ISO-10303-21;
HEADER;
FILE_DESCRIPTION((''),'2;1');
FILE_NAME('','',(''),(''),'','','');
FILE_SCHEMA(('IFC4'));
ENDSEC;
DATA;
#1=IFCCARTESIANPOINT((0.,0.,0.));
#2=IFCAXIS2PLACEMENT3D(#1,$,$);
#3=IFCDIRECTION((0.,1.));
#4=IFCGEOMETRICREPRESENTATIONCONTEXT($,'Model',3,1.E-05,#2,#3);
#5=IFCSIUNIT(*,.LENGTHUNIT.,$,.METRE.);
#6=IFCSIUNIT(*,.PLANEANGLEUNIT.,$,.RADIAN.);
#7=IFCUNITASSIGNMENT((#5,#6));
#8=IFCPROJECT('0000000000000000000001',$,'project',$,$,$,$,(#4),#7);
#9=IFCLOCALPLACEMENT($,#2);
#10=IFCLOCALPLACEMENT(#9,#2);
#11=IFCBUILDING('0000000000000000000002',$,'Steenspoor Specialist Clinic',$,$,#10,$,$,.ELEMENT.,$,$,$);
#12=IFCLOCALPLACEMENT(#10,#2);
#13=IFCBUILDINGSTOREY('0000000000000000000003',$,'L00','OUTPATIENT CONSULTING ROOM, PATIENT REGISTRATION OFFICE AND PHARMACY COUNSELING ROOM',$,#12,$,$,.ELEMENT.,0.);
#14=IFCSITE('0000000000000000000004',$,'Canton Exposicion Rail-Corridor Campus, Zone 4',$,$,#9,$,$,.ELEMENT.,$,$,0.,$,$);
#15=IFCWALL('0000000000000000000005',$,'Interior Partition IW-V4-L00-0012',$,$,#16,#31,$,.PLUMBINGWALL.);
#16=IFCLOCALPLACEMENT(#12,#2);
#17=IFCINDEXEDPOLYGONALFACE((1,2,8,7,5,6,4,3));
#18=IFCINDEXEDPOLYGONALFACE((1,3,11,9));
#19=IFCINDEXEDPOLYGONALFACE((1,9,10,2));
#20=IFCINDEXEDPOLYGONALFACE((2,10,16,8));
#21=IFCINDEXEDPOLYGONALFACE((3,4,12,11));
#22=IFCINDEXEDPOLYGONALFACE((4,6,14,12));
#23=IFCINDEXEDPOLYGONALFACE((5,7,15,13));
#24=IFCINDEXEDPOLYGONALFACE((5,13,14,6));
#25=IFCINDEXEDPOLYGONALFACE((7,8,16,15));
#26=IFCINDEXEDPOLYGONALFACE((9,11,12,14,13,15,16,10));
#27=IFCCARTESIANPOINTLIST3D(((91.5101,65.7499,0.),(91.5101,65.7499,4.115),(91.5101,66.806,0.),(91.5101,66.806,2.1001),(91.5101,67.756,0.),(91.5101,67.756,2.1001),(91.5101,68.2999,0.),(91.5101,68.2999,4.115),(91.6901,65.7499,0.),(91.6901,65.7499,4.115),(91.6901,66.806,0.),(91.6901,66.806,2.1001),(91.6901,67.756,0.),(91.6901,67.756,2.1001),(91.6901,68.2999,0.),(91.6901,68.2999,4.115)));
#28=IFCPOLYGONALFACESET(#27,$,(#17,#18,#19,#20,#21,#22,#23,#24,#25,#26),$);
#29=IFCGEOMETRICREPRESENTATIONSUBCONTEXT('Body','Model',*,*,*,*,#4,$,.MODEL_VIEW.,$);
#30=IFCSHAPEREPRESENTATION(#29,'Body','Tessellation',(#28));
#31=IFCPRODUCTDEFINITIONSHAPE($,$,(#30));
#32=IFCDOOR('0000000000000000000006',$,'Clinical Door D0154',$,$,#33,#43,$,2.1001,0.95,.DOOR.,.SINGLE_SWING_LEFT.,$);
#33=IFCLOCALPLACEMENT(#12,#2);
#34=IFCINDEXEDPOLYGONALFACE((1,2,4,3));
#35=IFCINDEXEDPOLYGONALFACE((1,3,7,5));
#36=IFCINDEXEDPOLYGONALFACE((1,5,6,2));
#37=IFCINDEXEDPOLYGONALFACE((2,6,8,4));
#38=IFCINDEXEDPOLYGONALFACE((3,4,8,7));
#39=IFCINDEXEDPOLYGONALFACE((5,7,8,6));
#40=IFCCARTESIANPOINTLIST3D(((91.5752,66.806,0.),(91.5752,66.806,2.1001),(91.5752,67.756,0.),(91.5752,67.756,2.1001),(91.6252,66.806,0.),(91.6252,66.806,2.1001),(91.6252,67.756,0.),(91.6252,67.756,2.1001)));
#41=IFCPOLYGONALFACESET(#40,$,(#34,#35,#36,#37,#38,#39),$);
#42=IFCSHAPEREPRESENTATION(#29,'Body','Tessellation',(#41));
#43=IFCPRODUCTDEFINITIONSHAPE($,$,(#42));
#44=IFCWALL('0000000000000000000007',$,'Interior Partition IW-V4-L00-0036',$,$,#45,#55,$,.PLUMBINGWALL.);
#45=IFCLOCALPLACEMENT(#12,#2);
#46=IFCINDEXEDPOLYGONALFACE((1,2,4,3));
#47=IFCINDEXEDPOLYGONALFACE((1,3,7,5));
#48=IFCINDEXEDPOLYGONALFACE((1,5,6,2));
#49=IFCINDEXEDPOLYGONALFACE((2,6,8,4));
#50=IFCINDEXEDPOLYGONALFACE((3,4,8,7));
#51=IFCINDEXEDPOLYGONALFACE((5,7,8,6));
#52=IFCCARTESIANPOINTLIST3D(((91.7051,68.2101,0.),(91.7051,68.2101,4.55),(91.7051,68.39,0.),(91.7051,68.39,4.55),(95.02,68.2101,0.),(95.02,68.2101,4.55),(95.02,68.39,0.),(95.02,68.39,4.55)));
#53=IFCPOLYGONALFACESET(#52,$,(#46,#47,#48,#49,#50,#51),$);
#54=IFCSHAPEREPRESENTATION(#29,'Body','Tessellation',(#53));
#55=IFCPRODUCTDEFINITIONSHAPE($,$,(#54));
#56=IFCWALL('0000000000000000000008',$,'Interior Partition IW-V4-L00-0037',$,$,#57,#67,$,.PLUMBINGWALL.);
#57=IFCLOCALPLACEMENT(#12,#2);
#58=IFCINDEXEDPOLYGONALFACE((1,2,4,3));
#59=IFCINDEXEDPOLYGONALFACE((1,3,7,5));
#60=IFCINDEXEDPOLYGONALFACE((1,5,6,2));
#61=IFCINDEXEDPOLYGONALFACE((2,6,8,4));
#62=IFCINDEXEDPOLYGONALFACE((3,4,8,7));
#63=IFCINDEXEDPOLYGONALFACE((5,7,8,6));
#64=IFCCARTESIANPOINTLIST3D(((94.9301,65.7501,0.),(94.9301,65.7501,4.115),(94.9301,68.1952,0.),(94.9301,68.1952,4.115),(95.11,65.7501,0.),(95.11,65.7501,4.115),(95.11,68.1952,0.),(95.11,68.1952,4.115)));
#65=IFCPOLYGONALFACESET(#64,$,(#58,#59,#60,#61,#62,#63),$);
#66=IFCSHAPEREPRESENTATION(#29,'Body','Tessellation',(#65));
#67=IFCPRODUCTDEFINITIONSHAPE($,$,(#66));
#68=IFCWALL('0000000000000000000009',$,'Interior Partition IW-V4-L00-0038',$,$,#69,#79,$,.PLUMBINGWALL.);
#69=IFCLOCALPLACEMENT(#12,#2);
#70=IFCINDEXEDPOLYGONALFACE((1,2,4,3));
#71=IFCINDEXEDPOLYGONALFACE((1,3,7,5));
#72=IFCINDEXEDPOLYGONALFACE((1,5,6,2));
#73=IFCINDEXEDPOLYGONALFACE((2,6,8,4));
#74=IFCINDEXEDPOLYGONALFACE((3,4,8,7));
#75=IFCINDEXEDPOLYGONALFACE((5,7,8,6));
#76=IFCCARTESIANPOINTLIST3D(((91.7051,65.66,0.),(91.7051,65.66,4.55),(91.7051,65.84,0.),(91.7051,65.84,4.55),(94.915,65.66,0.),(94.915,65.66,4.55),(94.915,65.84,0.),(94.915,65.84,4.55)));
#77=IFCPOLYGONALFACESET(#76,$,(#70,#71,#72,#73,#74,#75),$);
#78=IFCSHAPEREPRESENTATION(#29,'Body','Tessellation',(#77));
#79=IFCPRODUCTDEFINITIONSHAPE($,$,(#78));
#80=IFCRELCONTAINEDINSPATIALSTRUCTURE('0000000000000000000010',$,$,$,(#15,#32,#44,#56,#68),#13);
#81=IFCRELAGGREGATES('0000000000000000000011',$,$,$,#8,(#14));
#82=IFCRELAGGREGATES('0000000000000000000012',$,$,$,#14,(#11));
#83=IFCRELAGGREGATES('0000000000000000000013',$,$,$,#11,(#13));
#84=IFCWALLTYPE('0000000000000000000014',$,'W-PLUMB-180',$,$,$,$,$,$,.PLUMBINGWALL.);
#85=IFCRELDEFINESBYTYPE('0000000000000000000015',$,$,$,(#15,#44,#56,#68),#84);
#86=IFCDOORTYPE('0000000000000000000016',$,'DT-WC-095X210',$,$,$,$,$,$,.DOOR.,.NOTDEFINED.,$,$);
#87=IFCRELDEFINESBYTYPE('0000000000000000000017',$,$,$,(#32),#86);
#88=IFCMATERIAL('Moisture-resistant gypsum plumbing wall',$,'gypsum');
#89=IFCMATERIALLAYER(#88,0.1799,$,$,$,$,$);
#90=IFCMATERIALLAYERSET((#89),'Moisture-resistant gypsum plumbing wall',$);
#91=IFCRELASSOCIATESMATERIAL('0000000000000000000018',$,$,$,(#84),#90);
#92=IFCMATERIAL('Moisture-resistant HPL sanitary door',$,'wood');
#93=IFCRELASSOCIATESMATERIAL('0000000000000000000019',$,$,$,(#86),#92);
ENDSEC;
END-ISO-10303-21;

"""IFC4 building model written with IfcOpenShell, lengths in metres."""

from ifc_helpers import new_model, si_unit, direction, frame, frame_2d, origin, place, context, subcontext, project, spatial, rectangle, extrude, material, layer, layer_set, type_object, element, fill, save


model = new_model("IFC4")

# Units and contexts
model_context = context("Model", 3, precision=1e-05, world=origin(), true_north=direction((0.0, 1.0)))
body_context = subcontext(model_context, "Body", "Model", "MODEL_VIEW")
ifc_project = project(units=[si_unit("LENGTHUNIT", "METRE"), si_unit("PLANEANGLEUNIT", "RADIAN")], contexts=[model_context])

# Site, building, storey
site_placement = place(None, origin())
site = spatial("IfcSite", under=ifc_project, at=site_placement, Name="Canton Exposicion Rail-Corridor Campus, Zone 4", CompositionType="ELEMENT", RefElevation=0.0)
building_placement = place(site_placement, origin())
building = spatial("IfcBuilding", under=site, at=building_placement, Name="Steenspoor Specialist Clinic", CompositionType="ELEMENT")
storey_placement = place(building_placement, origin())
storey = spatial("IfcBuildingStorey", under=building, at=storey_placement, Name="L00", Description="OUTPATIENT CONSULTING ROOM, PATIENT REGISTRATION OFFICE AND PHARMACY COUNSELING ROOM", CompositionType="ELEMENT", Elevation=0.0)

# Wall, opening, door
ifc_material_1 = material(Name="Moisture-resistant gypsum plumbing wall", Category="gypsum")
ifc_layer_1 = layer(ifc_material_1, 0.1799)
ifc_layer_set_1 = layer_set([ifc_layer_1], Name="Moisture-resistant gypsum plumbing wall")
wall_type_1 = type_object("IfcWallType", Name="W-PLUMB-180", PredefinedType="PLUMBINGWALL", material=ifc_layer_set_1)
wall_1_placement = place(storey_placement, frame((91.6001, 65.75, 0.0), z_axis=(0.0, 0.0, 1.0), x_axis=(0.0, 1.0, 0.0)))
wall_1 = element("IfcWall", 1, at=wall_1_placement, inside=storey, type_object=wall_type_1, Name="Interior Partition IW-V4-L00-0012", PredefinedType="PLUMBINGWALL", context=body_context, shape_type="SweptSolid", body=[
    extrude(rectangle(XDim=2.55, YDim=0.1799, at=frame_2d((1.2749, 0.0))), origin(), (0.0, 0.0, 1.0), 4.115),
])
opening_1_placement = place(wall_1_placement, frame((1.0559, 0.0, 0.0)))
opening_1 = element("IfcOpeningElement", 2, at=opening_1_placement, cuts=wall_1, PredefinedType="OPENING", context=body_context, shape_type="SweptSolid", body=[
    extrude(rectangle(XDim=0.95, YDim=2.1001, at=frame_2d((0.4751, 1.05))), frame((0.0, 0.1001, 0.0), z_axis=(0.0, -1.0, 0.0), x_axis=(1.0, 0.0, 0.0)), (0.0, 0.0, 1.0), 0.2),
])
ifc_material_2 = material(Name="Moisture-resistant HPL sanitary door", Category="wood")
door_type_1 = type_object("IfcDoorType", Name="DT-WC-095X210", OperationType="NOTDEFINED", PredefinedType="DOOR", material=ifc_material_2)
door_1_placement = place(opening_1_placement, origin())
door_1 = element("IfcDoor", 3, at=door_1_placement, inside=storey, type_object=door_type_1, Name="Clinical Door D0154", OperationType="SINGLE_SWING_LEFT", OverallHeight=2.1001, OverallWidth=0.95, PredefinedType="DOOR", context=body_context, shape_type="SweptSolid", body=[
    extrude(rectangle(XDim=0.95, YDim=2.1001, at=frame_2d((0.4751, 1.05))), frame((0.0, 0.0249, 0.0), z_axis=(0.0, -1.0, 0.0), x_axis=(1.0, 0.0, 0.0)), (0.0, 0.0, 1.0), 0.05),
])
fill(opening_1, door_1)

# Walls
wall_2_placement = place(storey_placement, frame((91.7051, 68.3, 0.0), z_axis=(0.0, 0.0, 1.0), x_axis=(1.0, 0.0, 0.0)))
element("IfcWall", 4, at=wall_2_placement, inside=storey, type_object=wall_type_1, Name="Interior Partition IW-V4-L00-0036", PredefinedType="PLUMBINGWALL", context=body_context, shape_type="SweptSolid", body=[
    extrude(rectangle(XDim=3.3149, YDim=0.1799, at=frame_2d((1.6575, 0.0))), origin(), (0.0, 0.0, 1.0), 4.55),
])
wall_3_placement = place(storey_placement, frame((95.02, 65.75, 0.0), z_axis=(0.0, 0.0, 1.0), x_axis=(0.0, 1.0, 0.0)))
element("IfcWall", 5, at=wall_3_placement, inside=storey, type_object=wall_type_1, Name="Interior Partition IW-V4-L00-0037", PredefinedType="PLUMBINGWALL", context=body_context, shape_type="SweptSolid", body=[
    extrude(rectangle(XDim=2.4451, YDim=0.1799, at=frame_2d((1.2227, 0.0))), origin(), (0.0, 0.0, 1.0), 4.115),
])
wall_4_placement = place(storey_placement, frame((91.7051, 65.75, 0.0), z_axis=(0.0, 0.0, 1.0), x_axis=(1.0, 0.0, 0.0)))
element("IfcWall", 6, at=wall_4_placement, inside=storey, type_object=wall_type_1, Name="Interior Partition IW-V4-L00-0038", PredefinedType="PLUMBINGWALL", context=body_context, shape_type="SweptSolid", body=[
    extrude(rectangle(XDim=3.21, YDim=0.1799, at=frame_2d((1.605, 0.0))), origin(), (0.0, 0.0, 1.0), 4.55),
])

save(model, "model.ifc")
